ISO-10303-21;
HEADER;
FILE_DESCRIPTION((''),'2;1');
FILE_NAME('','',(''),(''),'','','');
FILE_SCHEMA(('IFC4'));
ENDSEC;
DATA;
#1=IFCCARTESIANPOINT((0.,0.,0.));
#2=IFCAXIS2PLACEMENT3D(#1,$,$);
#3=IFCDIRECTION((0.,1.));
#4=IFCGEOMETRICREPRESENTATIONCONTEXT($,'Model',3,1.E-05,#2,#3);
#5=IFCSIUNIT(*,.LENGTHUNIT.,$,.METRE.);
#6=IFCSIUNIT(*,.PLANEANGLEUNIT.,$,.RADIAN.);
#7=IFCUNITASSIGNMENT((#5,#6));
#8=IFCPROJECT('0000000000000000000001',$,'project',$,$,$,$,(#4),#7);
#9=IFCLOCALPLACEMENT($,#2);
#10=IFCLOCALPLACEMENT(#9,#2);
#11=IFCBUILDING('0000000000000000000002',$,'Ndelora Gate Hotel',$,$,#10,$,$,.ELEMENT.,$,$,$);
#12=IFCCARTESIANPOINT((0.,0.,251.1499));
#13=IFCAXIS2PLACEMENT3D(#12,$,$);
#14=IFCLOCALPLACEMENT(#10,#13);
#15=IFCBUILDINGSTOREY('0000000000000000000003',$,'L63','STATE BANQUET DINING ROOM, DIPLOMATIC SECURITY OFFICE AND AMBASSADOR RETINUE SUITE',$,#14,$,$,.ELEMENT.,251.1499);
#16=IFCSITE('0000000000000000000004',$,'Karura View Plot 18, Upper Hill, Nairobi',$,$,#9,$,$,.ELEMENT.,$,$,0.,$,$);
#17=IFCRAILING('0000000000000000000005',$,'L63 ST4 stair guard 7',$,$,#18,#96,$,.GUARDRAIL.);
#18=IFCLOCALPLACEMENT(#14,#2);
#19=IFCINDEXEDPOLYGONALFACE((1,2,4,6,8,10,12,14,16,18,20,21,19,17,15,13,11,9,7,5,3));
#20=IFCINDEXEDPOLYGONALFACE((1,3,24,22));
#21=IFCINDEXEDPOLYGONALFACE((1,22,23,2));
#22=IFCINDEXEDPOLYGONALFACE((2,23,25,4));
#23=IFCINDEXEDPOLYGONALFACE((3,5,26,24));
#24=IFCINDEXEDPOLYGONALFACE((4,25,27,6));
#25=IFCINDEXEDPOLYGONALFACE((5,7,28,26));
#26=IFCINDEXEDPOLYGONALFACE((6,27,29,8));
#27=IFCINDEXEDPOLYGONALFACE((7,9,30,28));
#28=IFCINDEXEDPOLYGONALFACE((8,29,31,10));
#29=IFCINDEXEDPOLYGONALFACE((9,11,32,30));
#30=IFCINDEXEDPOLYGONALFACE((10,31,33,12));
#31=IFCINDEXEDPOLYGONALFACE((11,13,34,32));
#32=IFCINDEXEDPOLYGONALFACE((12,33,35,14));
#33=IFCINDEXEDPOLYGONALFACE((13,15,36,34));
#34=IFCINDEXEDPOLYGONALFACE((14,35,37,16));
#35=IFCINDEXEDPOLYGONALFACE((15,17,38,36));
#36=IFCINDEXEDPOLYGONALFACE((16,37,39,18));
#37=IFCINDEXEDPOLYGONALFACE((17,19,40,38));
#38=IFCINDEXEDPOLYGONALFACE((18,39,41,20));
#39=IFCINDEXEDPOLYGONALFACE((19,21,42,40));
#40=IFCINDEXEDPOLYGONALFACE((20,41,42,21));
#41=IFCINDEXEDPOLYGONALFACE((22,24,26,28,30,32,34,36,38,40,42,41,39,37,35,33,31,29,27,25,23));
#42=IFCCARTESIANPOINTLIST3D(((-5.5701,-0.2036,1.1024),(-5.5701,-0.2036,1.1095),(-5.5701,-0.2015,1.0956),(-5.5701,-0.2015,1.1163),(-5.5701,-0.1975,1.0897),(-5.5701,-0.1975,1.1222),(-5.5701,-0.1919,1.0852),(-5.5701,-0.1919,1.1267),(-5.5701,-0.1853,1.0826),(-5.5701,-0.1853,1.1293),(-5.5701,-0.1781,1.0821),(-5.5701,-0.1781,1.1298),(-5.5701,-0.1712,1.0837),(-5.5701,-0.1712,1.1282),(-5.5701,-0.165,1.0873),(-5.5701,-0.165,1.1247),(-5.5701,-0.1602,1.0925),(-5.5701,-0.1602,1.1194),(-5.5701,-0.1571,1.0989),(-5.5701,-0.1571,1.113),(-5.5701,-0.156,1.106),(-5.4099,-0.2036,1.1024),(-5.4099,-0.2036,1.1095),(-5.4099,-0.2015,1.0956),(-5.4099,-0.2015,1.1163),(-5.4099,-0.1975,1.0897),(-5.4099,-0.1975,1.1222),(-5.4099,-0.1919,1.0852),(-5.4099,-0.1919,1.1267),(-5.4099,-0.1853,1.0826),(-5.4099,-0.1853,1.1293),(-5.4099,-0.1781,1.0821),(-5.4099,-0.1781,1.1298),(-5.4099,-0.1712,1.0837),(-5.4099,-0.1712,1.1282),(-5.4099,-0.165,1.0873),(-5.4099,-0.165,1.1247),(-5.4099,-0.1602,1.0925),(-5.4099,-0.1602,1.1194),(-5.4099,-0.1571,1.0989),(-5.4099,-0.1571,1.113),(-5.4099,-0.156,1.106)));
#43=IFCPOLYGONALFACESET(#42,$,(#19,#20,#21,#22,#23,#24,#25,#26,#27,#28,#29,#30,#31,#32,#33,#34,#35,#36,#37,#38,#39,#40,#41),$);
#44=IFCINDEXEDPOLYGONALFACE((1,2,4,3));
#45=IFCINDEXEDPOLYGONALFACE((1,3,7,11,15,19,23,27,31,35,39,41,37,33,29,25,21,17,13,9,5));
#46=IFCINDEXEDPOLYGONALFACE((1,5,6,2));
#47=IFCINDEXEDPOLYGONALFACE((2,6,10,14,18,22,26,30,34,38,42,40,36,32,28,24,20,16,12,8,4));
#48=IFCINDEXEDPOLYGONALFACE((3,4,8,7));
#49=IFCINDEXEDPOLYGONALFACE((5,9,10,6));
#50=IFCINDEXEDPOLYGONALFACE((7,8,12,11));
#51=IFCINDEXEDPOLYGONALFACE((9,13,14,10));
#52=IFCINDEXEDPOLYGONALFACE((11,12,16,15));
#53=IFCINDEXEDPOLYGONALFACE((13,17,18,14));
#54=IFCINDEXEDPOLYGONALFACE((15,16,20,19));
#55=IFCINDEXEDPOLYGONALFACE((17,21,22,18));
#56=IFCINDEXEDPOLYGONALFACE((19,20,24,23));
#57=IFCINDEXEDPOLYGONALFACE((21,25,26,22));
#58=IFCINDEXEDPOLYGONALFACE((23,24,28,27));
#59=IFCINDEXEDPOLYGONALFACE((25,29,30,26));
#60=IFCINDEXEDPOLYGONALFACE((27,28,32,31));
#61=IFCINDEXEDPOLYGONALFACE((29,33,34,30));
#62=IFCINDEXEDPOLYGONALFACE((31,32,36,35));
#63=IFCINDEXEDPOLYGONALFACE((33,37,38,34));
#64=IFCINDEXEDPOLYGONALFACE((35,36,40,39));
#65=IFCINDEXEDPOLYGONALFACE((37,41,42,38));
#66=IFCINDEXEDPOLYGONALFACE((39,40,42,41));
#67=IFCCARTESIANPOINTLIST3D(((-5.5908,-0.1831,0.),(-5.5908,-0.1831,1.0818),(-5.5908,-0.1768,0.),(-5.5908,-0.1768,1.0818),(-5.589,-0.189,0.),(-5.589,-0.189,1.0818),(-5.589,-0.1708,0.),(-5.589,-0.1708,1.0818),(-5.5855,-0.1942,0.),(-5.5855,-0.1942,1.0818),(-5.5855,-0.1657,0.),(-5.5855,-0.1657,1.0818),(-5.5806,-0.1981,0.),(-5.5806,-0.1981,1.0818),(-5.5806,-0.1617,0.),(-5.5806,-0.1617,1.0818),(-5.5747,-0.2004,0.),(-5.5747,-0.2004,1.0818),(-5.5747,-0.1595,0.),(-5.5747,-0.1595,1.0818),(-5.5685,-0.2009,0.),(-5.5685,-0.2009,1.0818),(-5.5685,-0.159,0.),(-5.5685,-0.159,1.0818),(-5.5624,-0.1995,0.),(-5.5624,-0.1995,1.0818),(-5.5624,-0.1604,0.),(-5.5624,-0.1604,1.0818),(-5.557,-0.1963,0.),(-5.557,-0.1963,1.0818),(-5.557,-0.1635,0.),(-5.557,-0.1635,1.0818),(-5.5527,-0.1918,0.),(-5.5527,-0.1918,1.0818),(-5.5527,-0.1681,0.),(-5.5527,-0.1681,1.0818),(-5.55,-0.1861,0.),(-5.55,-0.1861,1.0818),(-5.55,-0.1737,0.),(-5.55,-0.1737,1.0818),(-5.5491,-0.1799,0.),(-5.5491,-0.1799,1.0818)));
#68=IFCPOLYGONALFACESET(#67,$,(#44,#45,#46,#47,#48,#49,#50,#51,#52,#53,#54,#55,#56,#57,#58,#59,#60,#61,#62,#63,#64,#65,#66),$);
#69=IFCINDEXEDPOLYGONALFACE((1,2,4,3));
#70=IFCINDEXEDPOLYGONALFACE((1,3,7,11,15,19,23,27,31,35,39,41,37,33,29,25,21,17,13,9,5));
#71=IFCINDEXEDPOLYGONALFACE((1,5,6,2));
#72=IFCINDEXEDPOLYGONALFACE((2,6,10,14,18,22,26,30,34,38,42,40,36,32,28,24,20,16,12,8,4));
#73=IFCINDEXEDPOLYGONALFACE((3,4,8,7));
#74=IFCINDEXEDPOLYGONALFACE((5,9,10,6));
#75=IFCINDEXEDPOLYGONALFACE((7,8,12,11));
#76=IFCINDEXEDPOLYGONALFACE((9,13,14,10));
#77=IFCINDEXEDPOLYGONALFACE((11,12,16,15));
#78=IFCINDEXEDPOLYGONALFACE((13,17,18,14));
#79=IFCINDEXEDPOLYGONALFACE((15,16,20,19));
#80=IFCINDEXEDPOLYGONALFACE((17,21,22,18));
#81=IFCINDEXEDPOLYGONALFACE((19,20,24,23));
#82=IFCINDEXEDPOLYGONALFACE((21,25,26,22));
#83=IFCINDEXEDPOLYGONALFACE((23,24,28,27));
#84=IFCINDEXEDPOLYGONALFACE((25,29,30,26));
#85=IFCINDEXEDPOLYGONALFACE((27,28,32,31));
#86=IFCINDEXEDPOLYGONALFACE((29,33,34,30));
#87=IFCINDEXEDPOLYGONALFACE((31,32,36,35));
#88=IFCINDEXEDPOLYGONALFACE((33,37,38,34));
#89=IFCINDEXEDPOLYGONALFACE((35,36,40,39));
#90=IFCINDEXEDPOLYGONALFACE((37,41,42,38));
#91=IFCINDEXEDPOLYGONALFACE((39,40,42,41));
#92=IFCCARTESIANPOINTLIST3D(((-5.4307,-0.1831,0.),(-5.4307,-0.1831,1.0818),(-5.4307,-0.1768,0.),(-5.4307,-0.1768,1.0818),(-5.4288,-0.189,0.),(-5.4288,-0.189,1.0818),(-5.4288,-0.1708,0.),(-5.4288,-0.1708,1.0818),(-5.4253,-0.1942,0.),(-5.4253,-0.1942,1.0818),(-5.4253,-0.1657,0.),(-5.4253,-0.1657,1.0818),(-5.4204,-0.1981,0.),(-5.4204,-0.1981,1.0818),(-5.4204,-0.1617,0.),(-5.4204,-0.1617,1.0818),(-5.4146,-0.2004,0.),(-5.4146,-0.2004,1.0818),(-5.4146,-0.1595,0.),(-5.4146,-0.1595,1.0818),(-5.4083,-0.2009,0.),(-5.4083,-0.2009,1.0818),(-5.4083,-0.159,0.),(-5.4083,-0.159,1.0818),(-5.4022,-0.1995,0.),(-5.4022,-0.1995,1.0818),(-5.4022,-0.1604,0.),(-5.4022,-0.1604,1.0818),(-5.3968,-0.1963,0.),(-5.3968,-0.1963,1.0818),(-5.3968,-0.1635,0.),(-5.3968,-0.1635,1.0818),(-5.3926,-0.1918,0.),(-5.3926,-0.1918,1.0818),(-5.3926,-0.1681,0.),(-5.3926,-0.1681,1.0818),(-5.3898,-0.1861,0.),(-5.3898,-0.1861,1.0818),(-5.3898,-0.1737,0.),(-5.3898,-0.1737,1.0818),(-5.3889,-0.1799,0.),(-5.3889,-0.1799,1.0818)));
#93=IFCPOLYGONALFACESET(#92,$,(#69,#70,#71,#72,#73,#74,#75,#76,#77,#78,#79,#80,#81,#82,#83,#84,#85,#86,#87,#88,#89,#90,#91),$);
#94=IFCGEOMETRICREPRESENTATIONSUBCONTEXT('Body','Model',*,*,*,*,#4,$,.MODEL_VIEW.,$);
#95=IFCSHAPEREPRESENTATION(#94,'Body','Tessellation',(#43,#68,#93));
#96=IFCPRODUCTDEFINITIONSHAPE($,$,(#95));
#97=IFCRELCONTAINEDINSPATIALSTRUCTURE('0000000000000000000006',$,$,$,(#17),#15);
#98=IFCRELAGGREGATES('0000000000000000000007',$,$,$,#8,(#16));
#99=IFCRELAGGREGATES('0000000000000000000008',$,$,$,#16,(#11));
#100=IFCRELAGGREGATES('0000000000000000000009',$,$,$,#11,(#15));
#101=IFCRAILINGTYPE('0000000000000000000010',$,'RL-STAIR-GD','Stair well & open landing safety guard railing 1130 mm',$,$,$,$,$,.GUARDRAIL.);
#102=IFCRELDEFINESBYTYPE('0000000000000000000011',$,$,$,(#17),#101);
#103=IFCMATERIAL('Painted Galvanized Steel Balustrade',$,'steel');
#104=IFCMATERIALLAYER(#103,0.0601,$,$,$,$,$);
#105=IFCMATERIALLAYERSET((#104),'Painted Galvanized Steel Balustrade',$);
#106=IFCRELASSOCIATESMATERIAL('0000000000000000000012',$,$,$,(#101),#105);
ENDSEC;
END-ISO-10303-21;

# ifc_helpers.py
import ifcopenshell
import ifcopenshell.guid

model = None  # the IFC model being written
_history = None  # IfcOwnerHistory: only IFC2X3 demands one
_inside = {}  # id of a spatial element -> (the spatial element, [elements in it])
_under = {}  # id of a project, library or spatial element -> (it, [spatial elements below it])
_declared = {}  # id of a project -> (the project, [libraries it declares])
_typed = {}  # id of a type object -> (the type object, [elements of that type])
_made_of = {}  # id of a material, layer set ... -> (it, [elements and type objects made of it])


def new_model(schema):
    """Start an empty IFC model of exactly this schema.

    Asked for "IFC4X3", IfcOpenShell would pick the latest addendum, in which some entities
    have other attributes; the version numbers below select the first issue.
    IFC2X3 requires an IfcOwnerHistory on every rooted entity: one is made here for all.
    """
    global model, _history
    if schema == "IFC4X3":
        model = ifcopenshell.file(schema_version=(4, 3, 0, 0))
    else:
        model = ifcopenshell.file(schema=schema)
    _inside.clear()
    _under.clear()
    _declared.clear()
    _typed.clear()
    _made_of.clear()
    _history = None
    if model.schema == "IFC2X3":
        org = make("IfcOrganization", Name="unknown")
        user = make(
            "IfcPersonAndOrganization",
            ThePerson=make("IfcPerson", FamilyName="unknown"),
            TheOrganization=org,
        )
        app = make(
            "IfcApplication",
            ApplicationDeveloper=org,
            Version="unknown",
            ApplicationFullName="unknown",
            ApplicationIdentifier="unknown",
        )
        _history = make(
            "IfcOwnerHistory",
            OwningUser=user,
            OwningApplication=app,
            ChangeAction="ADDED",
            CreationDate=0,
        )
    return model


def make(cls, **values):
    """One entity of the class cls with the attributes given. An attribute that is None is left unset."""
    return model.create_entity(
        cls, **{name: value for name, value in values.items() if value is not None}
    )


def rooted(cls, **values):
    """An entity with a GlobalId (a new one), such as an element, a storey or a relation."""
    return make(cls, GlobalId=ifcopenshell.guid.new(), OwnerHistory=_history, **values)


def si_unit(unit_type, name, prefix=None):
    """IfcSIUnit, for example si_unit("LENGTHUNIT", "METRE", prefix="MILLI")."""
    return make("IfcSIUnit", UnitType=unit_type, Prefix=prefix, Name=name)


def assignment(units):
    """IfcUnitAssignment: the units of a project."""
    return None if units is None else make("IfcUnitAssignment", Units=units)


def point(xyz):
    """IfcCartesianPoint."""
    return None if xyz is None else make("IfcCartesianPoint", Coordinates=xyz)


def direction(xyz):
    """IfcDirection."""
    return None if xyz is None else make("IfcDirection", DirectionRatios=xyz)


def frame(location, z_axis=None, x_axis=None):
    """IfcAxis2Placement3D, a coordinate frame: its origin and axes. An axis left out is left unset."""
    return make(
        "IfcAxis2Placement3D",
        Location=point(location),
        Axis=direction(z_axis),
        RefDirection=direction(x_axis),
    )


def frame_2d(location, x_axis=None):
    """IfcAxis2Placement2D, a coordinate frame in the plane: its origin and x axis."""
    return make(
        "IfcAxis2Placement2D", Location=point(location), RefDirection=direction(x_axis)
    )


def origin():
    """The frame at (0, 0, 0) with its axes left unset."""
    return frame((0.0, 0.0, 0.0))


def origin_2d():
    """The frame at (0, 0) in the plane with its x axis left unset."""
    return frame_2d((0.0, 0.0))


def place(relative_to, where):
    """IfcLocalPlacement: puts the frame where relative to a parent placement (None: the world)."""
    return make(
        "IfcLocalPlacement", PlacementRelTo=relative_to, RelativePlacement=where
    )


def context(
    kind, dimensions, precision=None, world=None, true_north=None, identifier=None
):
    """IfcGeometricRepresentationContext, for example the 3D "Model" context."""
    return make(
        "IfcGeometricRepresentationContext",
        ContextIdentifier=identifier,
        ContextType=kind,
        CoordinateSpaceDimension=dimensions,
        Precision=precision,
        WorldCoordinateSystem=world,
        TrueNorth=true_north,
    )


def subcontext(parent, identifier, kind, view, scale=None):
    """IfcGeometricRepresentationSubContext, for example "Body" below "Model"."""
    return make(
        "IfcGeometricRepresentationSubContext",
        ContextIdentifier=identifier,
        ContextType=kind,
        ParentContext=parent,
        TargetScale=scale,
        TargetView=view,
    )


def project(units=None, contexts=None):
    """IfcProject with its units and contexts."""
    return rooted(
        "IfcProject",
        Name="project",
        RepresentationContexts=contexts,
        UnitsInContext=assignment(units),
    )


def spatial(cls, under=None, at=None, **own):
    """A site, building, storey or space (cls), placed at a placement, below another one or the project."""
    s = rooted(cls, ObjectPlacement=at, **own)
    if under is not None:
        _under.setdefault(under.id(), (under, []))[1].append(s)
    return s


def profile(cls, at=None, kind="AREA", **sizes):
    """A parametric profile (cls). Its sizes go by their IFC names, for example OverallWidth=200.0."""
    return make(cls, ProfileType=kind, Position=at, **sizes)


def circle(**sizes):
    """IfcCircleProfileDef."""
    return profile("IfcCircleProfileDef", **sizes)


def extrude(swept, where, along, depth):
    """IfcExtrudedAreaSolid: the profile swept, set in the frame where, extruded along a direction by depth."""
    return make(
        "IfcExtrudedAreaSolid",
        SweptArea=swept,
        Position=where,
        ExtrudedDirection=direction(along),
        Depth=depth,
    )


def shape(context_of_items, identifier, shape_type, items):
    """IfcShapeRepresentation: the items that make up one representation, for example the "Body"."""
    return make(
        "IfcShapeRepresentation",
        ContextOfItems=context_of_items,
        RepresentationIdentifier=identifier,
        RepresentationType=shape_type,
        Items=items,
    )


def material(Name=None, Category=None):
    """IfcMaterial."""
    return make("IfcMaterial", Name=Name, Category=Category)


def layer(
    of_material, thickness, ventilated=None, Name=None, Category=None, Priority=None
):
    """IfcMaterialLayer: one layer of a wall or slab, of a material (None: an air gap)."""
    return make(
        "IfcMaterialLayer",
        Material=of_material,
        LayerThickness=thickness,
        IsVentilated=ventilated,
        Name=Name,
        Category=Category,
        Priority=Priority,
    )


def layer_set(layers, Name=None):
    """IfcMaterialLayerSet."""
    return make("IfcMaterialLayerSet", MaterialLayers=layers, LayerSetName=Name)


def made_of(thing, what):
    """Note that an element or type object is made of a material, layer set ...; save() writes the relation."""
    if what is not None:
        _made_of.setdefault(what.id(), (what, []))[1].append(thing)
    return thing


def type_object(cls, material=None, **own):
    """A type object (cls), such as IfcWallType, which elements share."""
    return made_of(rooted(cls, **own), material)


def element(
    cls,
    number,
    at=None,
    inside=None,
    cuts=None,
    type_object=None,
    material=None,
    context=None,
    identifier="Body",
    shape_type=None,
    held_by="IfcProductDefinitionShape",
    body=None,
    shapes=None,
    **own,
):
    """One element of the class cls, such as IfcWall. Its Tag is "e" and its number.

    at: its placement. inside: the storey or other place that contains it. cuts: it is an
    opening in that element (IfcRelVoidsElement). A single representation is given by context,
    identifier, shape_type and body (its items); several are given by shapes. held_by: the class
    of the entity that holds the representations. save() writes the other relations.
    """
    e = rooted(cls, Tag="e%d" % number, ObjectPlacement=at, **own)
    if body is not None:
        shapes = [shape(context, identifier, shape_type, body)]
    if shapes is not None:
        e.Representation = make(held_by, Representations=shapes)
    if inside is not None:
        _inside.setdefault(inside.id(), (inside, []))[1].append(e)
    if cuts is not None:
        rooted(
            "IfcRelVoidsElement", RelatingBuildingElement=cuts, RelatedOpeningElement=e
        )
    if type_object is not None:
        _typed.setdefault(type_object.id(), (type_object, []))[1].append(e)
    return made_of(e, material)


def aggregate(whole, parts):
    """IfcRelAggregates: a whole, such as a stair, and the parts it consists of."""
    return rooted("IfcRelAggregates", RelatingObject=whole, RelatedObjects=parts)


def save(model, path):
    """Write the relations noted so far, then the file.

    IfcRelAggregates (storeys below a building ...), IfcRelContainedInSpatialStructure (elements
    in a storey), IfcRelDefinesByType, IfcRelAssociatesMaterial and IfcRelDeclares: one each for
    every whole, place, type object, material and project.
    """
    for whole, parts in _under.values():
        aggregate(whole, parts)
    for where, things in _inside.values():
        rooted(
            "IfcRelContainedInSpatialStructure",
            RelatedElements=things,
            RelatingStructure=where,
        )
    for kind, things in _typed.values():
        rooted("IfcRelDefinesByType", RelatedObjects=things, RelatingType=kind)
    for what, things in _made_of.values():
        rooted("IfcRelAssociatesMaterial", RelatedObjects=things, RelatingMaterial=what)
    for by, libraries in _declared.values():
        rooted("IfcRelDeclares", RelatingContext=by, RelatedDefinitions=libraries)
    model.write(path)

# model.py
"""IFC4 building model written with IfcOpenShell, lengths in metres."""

from ifc_helpers import new_model, si_unit, direction, frame, origin, origin_2d, place, context, subcontext, project, spatial, circle, extrude, material, layer, layer_set, type_object, element, save


model = new_model("IFC4")

# Units and contexts
model_context = context("Model", 3, precision=1e-05, world=origin(), true_north=direction((0.0, 1.0)))
body_context = subcontext(model_context, "Body", "Model", "MODEL_VIEW")
ifc_project = project(units=[si_unit("LENGTHUNIT", "METRE"), si_unit("PLANEANGLEUNIT", "RADIAN")], contexts=[model_context])

# Site, building, storey
site_placement = place(None, origin())
site = spatial("IfcSite", under=ifc_project, at=site_placement, Name="Karura View Plot 18, Upper Hill, Nairobi", CompositionType="ELEMENT", RefElevation=0.0)
building_placement = place(site_placement, origin())
building = spatial("IfcBuilding", under=site, at=building_placement, Name="Ndelora Gate Hotel", CompositionType="ELEMENT")
storey_placement = place(building_placement, frame((0.0, 0.0, 251.1499)))
storey = spatial("IfcBuildingStorey", under=building, at=storey_placement, Name="L63", Description="STATE BANQUET DINING ROOM, DIPLOMATIC SECURITY OFFICE AND AMBASSADOR RETINUE SUITE", CompositionType="ELEMENT", Elevation=251.1499)

# Railing
ifc_material_1 = material(Name="Painted Galvanized Steel Balustrade", Category="steel")
ifc_layer_1 = layer(ifc_material_1, 0.0601)
ifc_layer_set_1 = layer_set([ifc_layer_1], Name="Painted Galvanized Steel Balustrade")
railing_type_1 = type_object("IfcRailingType", Name="RL-STAIR-GD", Description="Stair well & open landing safety guard railing 1130 mm", PredefinedType="GUARDRAIL", material=ifc_layer_set_1)
railing_1_placement = place(storey_placement, frame((-5.5701, -0.1799, 0.0)))
element("IfcRailing", 1, at=railing_1_placement, inside=storey, type_object=railing_type_1, Name="L63 ST4 stair guard 7", PredefinedType="GUARDRAIL", context=body_context, shape_type="SweptSolid", body=[
    extrude(circle(Radius=0.0239, at=origin_2d()), frame((0.0, 0.0, 1.106), z_axis=(1.0, 0.0, 0.0), x_axis=(0.0, 1.0, 0.0)), (0.0, 0.0, 1.0), 0.1602),
    extrude(circle(Radius=0.021, at=origin_2d()), origin(), (0.0, 0.0, 1.0), 1.0818),
    extrude(circle(Radius=0.021, at=origin_2d()), frame((0.1602, 0.0, 0.0)), (0.0, 0.0, 1.0), 1.0818),
])

save(model, "model.ifc")
